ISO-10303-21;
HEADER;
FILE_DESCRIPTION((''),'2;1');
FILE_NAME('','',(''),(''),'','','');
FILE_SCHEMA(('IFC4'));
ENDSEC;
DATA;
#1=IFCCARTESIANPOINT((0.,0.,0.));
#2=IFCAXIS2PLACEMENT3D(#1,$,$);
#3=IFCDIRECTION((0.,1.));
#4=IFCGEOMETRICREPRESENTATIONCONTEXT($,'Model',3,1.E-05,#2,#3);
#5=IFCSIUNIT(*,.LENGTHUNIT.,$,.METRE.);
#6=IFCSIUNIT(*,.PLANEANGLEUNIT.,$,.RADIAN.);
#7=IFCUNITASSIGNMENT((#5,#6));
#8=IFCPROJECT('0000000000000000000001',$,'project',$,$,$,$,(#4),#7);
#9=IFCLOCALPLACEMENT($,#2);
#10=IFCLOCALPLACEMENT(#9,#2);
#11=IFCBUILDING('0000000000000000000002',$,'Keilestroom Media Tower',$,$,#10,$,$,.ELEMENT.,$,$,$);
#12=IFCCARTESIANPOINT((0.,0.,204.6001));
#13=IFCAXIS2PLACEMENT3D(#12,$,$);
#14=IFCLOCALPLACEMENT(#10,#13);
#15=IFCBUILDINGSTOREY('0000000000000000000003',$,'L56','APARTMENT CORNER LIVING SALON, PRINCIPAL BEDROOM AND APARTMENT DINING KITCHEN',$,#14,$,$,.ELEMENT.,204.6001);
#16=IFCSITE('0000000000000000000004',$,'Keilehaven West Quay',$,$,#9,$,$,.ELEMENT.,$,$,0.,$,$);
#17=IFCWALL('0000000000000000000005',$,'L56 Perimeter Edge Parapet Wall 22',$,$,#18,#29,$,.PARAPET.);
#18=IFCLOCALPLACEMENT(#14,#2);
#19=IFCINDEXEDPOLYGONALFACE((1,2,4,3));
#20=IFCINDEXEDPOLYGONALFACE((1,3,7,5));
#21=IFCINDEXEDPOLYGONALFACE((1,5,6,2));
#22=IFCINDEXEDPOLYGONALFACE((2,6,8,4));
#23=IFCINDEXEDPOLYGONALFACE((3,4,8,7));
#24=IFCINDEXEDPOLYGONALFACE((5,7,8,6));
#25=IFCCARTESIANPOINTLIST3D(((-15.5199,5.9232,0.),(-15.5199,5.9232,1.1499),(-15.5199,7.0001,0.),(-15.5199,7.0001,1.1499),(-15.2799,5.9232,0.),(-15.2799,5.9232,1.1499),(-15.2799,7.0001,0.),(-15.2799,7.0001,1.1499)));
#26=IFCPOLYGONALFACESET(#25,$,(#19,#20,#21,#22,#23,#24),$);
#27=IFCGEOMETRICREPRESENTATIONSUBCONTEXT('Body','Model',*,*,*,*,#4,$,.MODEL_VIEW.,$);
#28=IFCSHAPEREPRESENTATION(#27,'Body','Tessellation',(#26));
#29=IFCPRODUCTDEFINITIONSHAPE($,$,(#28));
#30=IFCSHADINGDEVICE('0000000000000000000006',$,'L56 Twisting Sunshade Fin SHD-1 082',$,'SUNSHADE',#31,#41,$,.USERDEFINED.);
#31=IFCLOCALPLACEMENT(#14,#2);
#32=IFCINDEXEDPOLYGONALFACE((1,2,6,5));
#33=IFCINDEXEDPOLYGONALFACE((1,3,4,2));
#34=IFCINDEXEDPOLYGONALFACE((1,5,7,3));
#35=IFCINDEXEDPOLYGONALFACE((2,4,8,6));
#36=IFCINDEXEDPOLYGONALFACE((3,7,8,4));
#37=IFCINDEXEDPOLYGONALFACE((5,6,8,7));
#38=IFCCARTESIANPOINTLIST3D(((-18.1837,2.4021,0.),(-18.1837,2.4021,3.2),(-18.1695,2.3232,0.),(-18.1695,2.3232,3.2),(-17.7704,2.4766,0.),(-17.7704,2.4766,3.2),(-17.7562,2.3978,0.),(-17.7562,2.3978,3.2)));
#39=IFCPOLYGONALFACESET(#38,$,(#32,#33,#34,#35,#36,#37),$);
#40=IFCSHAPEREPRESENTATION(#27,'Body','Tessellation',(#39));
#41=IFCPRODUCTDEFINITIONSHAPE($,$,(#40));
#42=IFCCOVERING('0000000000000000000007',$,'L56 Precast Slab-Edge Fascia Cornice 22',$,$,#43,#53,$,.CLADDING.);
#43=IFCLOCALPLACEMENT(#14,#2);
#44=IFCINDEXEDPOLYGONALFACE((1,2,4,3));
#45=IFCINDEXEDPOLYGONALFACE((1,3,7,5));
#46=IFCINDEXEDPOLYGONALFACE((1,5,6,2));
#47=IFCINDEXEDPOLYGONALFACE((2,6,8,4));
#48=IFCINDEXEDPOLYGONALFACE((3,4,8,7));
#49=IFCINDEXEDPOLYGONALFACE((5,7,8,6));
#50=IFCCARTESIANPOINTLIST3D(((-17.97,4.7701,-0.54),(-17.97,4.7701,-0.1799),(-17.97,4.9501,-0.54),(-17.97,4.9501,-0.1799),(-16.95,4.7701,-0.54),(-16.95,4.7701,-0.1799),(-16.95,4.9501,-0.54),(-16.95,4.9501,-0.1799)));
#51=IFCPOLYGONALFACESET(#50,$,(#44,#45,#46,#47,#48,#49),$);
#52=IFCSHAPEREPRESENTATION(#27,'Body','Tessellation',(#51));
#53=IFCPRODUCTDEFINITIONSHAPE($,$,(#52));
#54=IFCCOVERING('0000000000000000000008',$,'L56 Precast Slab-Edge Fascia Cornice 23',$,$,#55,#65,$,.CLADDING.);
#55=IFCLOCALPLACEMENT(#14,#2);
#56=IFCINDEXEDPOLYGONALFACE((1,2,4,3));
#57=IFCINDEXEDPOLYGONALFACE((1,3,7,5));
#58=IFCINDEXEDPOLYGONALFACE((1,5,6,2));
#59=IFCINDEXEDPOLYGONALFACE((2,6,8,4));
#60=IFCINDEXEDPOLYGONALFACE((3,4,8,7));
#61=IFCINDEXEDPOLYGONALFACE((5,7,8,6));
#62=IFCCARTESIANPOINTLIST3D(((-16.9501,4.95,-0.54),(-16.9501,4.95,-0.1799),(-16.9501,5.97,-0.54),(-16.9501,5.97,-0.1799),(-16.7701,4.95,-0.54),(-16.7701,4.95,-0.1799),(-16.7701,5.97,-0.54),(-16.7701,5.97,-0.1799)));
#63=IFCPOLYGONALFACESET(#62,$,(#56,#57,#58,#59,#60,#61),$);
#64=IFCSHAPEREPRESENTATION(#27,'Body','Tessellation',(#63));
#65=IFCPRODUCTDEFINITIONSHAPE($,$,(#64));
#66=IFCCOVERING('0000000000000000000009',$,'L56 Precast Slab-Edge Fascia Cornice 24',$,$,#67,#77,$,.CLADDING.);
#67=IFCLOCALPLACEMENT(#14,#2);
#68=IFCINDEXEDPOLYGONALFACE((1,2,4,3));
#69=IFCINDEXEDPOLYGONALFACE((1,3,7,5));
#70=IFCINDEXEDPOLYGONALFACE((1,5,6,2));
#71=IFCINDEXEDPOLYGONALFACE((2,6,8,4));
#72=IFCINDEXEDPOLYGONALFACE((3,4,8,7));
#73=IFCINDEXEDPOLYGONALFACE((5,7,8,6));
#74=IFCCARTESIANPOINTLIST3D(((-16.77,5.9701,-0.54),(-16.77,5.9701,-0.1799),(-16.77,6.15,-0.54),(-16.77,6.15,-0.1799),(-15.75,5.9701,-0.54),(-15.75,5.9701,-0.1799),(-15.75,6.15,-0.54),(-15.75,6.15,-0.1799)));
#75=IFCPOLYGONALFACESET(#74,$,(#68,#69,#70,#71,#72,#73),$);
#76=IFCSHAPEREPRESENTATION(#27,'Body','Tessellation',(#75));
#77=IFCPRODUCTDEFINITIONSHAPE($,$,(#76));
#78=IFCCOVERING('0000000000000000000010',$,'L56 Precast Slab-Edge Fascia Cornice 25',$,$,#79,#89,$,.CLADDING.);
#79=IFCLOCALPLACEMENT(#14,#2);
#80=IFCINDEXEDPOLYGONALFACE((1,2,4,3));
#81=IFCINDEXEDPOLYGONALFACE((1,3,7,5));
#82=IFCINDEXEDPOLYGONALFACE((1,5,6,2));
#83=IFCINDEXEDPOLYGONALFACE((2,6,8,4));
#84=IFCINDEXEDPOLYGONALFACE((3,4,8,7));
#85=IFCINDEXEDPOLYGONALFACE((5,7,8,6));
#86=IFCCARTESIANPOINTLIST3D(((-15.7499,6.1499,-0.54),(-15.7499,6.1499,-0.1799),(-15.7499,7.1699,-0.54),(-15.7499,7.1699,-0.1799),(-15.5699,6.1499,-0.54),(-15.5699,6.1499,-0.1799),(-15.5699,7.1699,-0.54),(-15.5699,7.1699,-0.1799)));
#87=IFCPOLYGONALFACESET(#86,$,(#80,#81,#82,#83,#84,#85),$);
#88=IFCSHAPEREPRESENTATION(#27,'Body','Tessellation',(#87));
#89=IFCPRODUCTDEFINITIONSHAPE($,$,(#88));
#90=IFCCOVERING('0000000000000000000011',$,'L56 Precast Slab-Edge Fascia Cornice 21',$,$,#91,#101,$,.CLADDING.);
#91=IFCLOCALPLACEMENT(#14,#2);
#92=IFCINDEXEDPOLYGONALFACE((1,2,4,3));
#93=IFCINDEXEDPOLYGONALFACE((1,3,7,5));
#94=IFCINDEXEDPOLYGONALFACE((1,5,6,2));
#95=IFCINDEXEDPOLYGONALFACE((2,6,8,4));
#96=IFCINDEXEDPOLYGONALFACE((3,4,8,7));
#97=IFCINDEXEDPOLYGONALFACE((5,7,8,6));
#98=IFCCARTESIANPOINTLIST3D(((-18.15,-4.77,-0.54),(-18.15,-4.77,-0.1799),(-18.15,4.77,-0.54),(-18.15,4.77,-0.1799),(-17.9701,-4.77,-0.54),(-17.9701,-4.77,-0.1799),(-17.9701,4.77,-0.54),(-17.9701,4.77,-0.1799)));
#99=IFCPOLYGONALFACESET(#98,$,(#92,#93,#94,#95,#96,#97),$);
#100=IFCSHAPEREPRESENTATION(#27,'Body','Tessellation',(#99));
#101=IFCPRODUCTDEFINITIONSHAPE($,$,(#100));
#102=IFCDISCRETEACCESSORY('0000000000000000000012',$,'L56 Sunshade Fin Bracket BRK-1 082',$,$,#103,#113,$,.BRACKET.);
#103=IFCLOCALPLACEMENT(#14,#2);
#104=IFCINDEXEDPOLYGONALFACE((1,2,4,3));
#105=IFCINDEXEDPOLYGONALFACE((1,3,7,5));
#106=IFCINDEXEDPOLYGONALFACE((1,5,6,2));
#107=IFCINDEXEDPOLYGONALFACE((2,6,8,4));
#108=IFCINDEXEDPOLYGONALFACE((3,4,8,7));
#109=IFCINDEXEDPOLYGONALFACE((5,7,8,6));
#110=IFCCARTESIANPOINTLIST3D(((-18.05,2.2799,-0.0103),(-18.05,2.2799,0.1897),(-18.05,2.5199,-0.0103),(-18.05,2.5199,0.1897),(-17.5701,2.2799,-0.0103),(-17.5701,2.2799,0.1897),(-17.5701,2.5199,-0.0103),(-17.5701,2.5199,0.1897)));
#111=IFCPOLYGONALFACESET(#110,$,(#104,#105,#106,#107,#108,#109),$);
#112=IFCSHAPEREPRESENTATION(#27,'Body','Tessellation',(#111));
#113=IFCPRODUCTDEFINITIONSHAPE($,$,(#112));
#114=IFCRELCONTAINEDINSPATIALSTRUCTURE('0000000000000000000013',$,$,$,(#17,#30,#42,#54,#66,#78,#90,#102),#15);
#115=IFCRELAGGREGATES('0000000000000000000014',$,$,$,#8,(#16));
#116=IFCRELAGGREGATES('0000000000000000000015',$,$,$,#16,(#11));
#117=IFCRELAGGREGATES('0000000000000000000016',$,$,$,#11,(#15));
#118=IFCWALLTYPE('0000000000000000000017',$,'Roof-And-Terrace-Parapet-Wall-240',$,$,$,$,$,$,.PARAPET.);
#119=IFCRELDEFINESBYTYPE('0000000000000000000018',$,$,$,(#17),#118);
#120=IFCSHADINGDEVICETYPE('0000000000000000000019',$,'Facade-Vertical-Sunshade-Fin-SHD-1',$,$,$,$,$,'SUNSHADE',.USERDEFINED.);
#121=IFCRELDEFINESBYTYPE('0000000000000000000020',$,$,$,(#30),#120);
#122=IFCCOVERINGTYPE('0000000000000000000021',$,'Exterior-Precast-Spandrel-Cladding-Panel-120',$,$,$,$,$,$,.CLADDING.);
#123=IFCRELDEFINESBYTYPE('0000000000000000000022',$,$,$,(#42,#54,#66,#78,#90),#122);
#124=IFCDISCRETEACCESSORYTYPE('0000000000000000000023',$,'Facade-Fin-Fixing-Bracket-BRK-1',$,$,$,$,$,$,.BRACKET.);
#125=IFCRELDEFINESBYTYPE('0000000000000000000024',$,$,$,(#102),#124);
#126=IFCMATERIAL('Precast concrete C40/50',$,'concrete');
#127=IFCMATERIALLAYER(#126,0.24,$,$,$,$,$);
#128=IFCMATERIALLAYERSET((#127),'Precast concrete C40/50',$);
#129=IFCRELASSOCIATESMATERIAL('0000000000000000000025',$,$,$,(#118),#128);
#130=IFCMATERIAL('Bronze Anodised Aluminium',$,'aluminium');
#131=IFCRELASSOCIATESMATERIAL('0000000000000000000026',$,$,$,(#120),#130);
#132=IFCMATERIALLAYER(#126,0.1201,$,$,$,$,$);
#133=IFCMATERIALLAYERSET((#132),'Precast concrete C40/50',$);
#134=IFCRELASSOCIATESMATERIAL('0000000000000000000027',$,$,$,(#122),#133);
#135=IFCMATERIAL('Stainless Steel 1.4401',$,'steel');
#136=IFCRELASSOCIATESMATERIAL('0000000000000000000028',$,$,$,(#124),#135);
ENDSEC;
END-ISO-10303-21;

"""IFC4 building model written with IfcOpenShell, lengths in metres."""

from ifc_helpers import new_model, si_unit, direction, frame, frame_2d, origin, origin_2d, place, context, subcontext, project, spatial, rectangle, extrude, source, transform, mapped, material, layer, layer_set, type_object, element, save


model = new_model("IFC4")

# Units and contexts
model_context = context("Model", 3, precision=1e-05, world=origin(), true_north=direction((0.0, 1.0)))
body_context = subcontext(model_context, "Body", "Model", "MODEL_VIEW")
ifc_project = project(units=[si_unit("LENGTHUNIT", "METRE"), si_unit("PLANEANGLEUNIT", "RADIAN")], contexts=[model_context])

# Site, building, storey
site_placement = place(None, origin())
site = spatial("IfcSite", under=ifc_project, at=site_placement, Name="Keilehaven West Quay", CompositionType="ELEMENT", RefElevation=0.0)
building_placement = place(site_placement, origin())
building = spatial("IfcBuilding", under=site, at=building_placement, Name="Keilestroom Media Tower", CompositionType="ELEMENT")
storey_placement = place(building_placement, frame((0.0, 0.0, 204.6001)))
storey = spatial("IfcBuildingStorey", under=building, at=storey_placement, Name="L56", Description="APARTMENT CORNER LIVING SALON, PRINCIPAL BEDROOM AND APARTMENT DINING KITCHEN", CompositionType="ELEMENT", Elevation=204.6001)

# Shared definitions
ifc_material_1 = material(Name="Precast concrete C40/50", Category="concrete")

# Wall
ifc_layer_1 = layer(ifc_material_1, 0.24)
ifc_layer_set_1 = layer_set([ifc_layer_1], Name="Precast concrete C40/50")
wall_type = type_object("IfcWallType", Name="Roof-And-Terrace-Parapet-Wall-240", PredefinedType="PARAPET", material=ifc_layer_set_1)
wall_1_placement = place(storey_placement, frame((-15.3999, 5.9231, 0.0), z_axis=(0.0, 0.0, 1.0), x_axis=(0.0, 1.0, 0.0)))
element("IfcWall", 1, at=wall_1_placement, inside=storey, type_object=wall_type, Name="L56 Perimeter Edge Parapet Wall 22", PredefinedType="PARAPET", context=body_context, shape_type="SweptSolid", body=[
    extrude(rectangle(XDim=1.0769, YDim=0.24, at=frame_2d((0.5386, 0.0))), origin(), (0.0, 0.0, 1.0), 1.1499),
])

# Shading device
ifc_material_2 = material(Name="Bronze Anodised Aluminium", Category="aluminium")
shading_device_type = type_object("IfcShadingDeviceType", Name="Facade-Vertical-Sunshade-Fin-SHD-1", ElementType="SUNSHADE", PredefinedType="USERDEFINED", material=ifc_material_2)
shared_shape_1 = source(origin(), body_context, "Body", "SweptSolid", [
    extrude(rectangle(XDim=0.4199, YDim=0.0801, at=origin_2d()), origin(), (0.0, 0.0, 1.0), 3.2),
])
shading_device_placement = place(storey_placement, frame((-17.97, 2.3999, 0.0), z_axis=(0.0, 0.0, 1.0), x_axis=(0.984134, 0.177428, 0.0)))
element("IfcShadingDevice", 2, at=shading_device_placement, inside=storey, type_object=shading_device_type, Name="L56 Twisting Sunshade Fin SHD-1 082", ObjectType="SUNSHADE", PredefinedType="USERDEFINED", context=body_context, shape_type="MappedRepresentation", body=[
    mapped(shared_shape_1, transform((0.0, 0.0, 0.0), x_axis=(1.0, 0.0, 0.0), y_axis=(0.0, 1.0, 0.0), z_axis=(0.0, 0.0, 1.0), scale=1.0)),
])

# Coverings
ifc_layer_2 = layer(ifc_material_1, 0.1201)
ifc_layer_set_2 = layer_set([ifc_layer_2], Name="Precast concrete C40/50")
covering_type = type_object("IfcCoveringType", Name="Exterior-Precast-Spandrel-Cladding-Panel-120", PredefinedType="CLADDING", material=ifc_layer_set_2)
shared_shape_2 = source(origin(), body_context, "Body", "SweptSolid", [
    extrude(rectangle(XDim=1.02, YDim=0.1799, at=origin_2d()), origin(), (0.0, 0.0, 1.0), 0.3601),
])
for number, where, z_axis, x_axis, name in (
    (3, (-17.46, 4.8601, -0.54), (0.0, 0.0, 1.0), (1.0, 0.0, 0.0), "L56 Precast Slab-Edge Fascia Cornice 22"),
    (4, (-16.8601, 5.46, -0.54), (0.0, 0.0, 1.0), (0.0, 1.0, 0.0), "L56 Precast Slab-Edge Fascia Cornice 23"),
    (5, (-16.26, 6.0601, -0.54), (0.0, 0.0, 1.0), (1.0, 0.0, 0.0), "L56 Precast Slab-Edge Fascia Cornice 24"),
    (6, (-15.6599, 6.6599, -0.54), (0.0, 0.0, 1.0), (0.0, 1.0, 0.0), "L56 Precast Slab-Edge Fascia Cornice 25"),
):
    element("IfcCovering", number, at=place(storey_placement, frame(where, z_axis=z_axis, x_axis=x_axis)), inside=storey, type_object=covering_type, Name=name, PredefinedType="CLADDING", context=body_context, shape_type="MappedRepresentation", body=[
        mapped(shared_shape_2, transform((0.0, 0.0, 0.0), x_axis=(1.0, 0.0, 0.0), y_axis=(0.0, 1.0, 0.0), z_axis=(0.0, 0.0, 1.0), scale=1.0)),
    ])
shared_shape_3 = source(origin(), body_context, "Body", "SweptSolid", [
    extrude(rectangle(XDim=9.54, YDim=0.1799, at=origin_2d()), origin(), (0.0, 0.0, 1.0), 0.3601),
])
covering_placement = place(storey_placement, frame((-18.0601, 0.0, -0.54), z_axis=(0.0, 0.0, 1.0), x_axis=(0.0, 1.0, 0.0)))
element("IfcCovering", 7, at=covering_placement, inside=storey, type_object=covering_type, Name="L56 Precast Slab-Edge Fascia Cornice 21", PredefinedType="CLADDING", context=body_context, shape_type="MappedRepresentation", body=[
    mapped(shared_shape_3, transform((0.0, 0.0, 0.0), x_axis=(1.0, 0.0, 0.0), y_axis=(0.0, 1.0, 0.0), z_axis=(0.0, 0.0, 1.0), scale=1.0)),
])

# Discrete accessory
ifc_material_3 = material(Name="Stainless Steel 1.4401", Category="steel")
discrete_accessory_type = type_object("IfcDiscreteAccessoryType", Name="Facade-Fin-Fixing-Bracket-BRK-1", PredefinedType="BRACKET", material=ifc_material_3)
shared_shape_4 = source(origin(), body_context, "Body", "SweptSolid", [
    extrude(rectangle(XDim=0.48, YDim=0.24, at=origin_2d()), origin(), (0.0, 0.0, 1.0), 0.2),
])
discrete_accessory_placement = place(storey_placement, frame((-17.8101, 2.3999, -0.0103), z_axis=(0.0, 0.0, 1.0), x_axis=(1.0, 0.0, 0.0)))
element("IfcDiscreteAccessory", 8, at=discrete_accessory_placement, inside=storey, type_object=discrete_accessory_type, Name="L56 Sunshade Fin Bracket BRK-1 082", PredefinedType="BRACKET", context=body_context, shape_type="MappedRepresentation", body=[
    mapped(shared_shape_4, transform((0.0, 0.0, 0.0), x_axis=(1.0, 0.0, 0.0), y_axis=(0.0, 1.0, 0.0), z_axis=(0.0, 0.0, 1.0), scale=1.0)),
])

save(model, "model.ifc")
